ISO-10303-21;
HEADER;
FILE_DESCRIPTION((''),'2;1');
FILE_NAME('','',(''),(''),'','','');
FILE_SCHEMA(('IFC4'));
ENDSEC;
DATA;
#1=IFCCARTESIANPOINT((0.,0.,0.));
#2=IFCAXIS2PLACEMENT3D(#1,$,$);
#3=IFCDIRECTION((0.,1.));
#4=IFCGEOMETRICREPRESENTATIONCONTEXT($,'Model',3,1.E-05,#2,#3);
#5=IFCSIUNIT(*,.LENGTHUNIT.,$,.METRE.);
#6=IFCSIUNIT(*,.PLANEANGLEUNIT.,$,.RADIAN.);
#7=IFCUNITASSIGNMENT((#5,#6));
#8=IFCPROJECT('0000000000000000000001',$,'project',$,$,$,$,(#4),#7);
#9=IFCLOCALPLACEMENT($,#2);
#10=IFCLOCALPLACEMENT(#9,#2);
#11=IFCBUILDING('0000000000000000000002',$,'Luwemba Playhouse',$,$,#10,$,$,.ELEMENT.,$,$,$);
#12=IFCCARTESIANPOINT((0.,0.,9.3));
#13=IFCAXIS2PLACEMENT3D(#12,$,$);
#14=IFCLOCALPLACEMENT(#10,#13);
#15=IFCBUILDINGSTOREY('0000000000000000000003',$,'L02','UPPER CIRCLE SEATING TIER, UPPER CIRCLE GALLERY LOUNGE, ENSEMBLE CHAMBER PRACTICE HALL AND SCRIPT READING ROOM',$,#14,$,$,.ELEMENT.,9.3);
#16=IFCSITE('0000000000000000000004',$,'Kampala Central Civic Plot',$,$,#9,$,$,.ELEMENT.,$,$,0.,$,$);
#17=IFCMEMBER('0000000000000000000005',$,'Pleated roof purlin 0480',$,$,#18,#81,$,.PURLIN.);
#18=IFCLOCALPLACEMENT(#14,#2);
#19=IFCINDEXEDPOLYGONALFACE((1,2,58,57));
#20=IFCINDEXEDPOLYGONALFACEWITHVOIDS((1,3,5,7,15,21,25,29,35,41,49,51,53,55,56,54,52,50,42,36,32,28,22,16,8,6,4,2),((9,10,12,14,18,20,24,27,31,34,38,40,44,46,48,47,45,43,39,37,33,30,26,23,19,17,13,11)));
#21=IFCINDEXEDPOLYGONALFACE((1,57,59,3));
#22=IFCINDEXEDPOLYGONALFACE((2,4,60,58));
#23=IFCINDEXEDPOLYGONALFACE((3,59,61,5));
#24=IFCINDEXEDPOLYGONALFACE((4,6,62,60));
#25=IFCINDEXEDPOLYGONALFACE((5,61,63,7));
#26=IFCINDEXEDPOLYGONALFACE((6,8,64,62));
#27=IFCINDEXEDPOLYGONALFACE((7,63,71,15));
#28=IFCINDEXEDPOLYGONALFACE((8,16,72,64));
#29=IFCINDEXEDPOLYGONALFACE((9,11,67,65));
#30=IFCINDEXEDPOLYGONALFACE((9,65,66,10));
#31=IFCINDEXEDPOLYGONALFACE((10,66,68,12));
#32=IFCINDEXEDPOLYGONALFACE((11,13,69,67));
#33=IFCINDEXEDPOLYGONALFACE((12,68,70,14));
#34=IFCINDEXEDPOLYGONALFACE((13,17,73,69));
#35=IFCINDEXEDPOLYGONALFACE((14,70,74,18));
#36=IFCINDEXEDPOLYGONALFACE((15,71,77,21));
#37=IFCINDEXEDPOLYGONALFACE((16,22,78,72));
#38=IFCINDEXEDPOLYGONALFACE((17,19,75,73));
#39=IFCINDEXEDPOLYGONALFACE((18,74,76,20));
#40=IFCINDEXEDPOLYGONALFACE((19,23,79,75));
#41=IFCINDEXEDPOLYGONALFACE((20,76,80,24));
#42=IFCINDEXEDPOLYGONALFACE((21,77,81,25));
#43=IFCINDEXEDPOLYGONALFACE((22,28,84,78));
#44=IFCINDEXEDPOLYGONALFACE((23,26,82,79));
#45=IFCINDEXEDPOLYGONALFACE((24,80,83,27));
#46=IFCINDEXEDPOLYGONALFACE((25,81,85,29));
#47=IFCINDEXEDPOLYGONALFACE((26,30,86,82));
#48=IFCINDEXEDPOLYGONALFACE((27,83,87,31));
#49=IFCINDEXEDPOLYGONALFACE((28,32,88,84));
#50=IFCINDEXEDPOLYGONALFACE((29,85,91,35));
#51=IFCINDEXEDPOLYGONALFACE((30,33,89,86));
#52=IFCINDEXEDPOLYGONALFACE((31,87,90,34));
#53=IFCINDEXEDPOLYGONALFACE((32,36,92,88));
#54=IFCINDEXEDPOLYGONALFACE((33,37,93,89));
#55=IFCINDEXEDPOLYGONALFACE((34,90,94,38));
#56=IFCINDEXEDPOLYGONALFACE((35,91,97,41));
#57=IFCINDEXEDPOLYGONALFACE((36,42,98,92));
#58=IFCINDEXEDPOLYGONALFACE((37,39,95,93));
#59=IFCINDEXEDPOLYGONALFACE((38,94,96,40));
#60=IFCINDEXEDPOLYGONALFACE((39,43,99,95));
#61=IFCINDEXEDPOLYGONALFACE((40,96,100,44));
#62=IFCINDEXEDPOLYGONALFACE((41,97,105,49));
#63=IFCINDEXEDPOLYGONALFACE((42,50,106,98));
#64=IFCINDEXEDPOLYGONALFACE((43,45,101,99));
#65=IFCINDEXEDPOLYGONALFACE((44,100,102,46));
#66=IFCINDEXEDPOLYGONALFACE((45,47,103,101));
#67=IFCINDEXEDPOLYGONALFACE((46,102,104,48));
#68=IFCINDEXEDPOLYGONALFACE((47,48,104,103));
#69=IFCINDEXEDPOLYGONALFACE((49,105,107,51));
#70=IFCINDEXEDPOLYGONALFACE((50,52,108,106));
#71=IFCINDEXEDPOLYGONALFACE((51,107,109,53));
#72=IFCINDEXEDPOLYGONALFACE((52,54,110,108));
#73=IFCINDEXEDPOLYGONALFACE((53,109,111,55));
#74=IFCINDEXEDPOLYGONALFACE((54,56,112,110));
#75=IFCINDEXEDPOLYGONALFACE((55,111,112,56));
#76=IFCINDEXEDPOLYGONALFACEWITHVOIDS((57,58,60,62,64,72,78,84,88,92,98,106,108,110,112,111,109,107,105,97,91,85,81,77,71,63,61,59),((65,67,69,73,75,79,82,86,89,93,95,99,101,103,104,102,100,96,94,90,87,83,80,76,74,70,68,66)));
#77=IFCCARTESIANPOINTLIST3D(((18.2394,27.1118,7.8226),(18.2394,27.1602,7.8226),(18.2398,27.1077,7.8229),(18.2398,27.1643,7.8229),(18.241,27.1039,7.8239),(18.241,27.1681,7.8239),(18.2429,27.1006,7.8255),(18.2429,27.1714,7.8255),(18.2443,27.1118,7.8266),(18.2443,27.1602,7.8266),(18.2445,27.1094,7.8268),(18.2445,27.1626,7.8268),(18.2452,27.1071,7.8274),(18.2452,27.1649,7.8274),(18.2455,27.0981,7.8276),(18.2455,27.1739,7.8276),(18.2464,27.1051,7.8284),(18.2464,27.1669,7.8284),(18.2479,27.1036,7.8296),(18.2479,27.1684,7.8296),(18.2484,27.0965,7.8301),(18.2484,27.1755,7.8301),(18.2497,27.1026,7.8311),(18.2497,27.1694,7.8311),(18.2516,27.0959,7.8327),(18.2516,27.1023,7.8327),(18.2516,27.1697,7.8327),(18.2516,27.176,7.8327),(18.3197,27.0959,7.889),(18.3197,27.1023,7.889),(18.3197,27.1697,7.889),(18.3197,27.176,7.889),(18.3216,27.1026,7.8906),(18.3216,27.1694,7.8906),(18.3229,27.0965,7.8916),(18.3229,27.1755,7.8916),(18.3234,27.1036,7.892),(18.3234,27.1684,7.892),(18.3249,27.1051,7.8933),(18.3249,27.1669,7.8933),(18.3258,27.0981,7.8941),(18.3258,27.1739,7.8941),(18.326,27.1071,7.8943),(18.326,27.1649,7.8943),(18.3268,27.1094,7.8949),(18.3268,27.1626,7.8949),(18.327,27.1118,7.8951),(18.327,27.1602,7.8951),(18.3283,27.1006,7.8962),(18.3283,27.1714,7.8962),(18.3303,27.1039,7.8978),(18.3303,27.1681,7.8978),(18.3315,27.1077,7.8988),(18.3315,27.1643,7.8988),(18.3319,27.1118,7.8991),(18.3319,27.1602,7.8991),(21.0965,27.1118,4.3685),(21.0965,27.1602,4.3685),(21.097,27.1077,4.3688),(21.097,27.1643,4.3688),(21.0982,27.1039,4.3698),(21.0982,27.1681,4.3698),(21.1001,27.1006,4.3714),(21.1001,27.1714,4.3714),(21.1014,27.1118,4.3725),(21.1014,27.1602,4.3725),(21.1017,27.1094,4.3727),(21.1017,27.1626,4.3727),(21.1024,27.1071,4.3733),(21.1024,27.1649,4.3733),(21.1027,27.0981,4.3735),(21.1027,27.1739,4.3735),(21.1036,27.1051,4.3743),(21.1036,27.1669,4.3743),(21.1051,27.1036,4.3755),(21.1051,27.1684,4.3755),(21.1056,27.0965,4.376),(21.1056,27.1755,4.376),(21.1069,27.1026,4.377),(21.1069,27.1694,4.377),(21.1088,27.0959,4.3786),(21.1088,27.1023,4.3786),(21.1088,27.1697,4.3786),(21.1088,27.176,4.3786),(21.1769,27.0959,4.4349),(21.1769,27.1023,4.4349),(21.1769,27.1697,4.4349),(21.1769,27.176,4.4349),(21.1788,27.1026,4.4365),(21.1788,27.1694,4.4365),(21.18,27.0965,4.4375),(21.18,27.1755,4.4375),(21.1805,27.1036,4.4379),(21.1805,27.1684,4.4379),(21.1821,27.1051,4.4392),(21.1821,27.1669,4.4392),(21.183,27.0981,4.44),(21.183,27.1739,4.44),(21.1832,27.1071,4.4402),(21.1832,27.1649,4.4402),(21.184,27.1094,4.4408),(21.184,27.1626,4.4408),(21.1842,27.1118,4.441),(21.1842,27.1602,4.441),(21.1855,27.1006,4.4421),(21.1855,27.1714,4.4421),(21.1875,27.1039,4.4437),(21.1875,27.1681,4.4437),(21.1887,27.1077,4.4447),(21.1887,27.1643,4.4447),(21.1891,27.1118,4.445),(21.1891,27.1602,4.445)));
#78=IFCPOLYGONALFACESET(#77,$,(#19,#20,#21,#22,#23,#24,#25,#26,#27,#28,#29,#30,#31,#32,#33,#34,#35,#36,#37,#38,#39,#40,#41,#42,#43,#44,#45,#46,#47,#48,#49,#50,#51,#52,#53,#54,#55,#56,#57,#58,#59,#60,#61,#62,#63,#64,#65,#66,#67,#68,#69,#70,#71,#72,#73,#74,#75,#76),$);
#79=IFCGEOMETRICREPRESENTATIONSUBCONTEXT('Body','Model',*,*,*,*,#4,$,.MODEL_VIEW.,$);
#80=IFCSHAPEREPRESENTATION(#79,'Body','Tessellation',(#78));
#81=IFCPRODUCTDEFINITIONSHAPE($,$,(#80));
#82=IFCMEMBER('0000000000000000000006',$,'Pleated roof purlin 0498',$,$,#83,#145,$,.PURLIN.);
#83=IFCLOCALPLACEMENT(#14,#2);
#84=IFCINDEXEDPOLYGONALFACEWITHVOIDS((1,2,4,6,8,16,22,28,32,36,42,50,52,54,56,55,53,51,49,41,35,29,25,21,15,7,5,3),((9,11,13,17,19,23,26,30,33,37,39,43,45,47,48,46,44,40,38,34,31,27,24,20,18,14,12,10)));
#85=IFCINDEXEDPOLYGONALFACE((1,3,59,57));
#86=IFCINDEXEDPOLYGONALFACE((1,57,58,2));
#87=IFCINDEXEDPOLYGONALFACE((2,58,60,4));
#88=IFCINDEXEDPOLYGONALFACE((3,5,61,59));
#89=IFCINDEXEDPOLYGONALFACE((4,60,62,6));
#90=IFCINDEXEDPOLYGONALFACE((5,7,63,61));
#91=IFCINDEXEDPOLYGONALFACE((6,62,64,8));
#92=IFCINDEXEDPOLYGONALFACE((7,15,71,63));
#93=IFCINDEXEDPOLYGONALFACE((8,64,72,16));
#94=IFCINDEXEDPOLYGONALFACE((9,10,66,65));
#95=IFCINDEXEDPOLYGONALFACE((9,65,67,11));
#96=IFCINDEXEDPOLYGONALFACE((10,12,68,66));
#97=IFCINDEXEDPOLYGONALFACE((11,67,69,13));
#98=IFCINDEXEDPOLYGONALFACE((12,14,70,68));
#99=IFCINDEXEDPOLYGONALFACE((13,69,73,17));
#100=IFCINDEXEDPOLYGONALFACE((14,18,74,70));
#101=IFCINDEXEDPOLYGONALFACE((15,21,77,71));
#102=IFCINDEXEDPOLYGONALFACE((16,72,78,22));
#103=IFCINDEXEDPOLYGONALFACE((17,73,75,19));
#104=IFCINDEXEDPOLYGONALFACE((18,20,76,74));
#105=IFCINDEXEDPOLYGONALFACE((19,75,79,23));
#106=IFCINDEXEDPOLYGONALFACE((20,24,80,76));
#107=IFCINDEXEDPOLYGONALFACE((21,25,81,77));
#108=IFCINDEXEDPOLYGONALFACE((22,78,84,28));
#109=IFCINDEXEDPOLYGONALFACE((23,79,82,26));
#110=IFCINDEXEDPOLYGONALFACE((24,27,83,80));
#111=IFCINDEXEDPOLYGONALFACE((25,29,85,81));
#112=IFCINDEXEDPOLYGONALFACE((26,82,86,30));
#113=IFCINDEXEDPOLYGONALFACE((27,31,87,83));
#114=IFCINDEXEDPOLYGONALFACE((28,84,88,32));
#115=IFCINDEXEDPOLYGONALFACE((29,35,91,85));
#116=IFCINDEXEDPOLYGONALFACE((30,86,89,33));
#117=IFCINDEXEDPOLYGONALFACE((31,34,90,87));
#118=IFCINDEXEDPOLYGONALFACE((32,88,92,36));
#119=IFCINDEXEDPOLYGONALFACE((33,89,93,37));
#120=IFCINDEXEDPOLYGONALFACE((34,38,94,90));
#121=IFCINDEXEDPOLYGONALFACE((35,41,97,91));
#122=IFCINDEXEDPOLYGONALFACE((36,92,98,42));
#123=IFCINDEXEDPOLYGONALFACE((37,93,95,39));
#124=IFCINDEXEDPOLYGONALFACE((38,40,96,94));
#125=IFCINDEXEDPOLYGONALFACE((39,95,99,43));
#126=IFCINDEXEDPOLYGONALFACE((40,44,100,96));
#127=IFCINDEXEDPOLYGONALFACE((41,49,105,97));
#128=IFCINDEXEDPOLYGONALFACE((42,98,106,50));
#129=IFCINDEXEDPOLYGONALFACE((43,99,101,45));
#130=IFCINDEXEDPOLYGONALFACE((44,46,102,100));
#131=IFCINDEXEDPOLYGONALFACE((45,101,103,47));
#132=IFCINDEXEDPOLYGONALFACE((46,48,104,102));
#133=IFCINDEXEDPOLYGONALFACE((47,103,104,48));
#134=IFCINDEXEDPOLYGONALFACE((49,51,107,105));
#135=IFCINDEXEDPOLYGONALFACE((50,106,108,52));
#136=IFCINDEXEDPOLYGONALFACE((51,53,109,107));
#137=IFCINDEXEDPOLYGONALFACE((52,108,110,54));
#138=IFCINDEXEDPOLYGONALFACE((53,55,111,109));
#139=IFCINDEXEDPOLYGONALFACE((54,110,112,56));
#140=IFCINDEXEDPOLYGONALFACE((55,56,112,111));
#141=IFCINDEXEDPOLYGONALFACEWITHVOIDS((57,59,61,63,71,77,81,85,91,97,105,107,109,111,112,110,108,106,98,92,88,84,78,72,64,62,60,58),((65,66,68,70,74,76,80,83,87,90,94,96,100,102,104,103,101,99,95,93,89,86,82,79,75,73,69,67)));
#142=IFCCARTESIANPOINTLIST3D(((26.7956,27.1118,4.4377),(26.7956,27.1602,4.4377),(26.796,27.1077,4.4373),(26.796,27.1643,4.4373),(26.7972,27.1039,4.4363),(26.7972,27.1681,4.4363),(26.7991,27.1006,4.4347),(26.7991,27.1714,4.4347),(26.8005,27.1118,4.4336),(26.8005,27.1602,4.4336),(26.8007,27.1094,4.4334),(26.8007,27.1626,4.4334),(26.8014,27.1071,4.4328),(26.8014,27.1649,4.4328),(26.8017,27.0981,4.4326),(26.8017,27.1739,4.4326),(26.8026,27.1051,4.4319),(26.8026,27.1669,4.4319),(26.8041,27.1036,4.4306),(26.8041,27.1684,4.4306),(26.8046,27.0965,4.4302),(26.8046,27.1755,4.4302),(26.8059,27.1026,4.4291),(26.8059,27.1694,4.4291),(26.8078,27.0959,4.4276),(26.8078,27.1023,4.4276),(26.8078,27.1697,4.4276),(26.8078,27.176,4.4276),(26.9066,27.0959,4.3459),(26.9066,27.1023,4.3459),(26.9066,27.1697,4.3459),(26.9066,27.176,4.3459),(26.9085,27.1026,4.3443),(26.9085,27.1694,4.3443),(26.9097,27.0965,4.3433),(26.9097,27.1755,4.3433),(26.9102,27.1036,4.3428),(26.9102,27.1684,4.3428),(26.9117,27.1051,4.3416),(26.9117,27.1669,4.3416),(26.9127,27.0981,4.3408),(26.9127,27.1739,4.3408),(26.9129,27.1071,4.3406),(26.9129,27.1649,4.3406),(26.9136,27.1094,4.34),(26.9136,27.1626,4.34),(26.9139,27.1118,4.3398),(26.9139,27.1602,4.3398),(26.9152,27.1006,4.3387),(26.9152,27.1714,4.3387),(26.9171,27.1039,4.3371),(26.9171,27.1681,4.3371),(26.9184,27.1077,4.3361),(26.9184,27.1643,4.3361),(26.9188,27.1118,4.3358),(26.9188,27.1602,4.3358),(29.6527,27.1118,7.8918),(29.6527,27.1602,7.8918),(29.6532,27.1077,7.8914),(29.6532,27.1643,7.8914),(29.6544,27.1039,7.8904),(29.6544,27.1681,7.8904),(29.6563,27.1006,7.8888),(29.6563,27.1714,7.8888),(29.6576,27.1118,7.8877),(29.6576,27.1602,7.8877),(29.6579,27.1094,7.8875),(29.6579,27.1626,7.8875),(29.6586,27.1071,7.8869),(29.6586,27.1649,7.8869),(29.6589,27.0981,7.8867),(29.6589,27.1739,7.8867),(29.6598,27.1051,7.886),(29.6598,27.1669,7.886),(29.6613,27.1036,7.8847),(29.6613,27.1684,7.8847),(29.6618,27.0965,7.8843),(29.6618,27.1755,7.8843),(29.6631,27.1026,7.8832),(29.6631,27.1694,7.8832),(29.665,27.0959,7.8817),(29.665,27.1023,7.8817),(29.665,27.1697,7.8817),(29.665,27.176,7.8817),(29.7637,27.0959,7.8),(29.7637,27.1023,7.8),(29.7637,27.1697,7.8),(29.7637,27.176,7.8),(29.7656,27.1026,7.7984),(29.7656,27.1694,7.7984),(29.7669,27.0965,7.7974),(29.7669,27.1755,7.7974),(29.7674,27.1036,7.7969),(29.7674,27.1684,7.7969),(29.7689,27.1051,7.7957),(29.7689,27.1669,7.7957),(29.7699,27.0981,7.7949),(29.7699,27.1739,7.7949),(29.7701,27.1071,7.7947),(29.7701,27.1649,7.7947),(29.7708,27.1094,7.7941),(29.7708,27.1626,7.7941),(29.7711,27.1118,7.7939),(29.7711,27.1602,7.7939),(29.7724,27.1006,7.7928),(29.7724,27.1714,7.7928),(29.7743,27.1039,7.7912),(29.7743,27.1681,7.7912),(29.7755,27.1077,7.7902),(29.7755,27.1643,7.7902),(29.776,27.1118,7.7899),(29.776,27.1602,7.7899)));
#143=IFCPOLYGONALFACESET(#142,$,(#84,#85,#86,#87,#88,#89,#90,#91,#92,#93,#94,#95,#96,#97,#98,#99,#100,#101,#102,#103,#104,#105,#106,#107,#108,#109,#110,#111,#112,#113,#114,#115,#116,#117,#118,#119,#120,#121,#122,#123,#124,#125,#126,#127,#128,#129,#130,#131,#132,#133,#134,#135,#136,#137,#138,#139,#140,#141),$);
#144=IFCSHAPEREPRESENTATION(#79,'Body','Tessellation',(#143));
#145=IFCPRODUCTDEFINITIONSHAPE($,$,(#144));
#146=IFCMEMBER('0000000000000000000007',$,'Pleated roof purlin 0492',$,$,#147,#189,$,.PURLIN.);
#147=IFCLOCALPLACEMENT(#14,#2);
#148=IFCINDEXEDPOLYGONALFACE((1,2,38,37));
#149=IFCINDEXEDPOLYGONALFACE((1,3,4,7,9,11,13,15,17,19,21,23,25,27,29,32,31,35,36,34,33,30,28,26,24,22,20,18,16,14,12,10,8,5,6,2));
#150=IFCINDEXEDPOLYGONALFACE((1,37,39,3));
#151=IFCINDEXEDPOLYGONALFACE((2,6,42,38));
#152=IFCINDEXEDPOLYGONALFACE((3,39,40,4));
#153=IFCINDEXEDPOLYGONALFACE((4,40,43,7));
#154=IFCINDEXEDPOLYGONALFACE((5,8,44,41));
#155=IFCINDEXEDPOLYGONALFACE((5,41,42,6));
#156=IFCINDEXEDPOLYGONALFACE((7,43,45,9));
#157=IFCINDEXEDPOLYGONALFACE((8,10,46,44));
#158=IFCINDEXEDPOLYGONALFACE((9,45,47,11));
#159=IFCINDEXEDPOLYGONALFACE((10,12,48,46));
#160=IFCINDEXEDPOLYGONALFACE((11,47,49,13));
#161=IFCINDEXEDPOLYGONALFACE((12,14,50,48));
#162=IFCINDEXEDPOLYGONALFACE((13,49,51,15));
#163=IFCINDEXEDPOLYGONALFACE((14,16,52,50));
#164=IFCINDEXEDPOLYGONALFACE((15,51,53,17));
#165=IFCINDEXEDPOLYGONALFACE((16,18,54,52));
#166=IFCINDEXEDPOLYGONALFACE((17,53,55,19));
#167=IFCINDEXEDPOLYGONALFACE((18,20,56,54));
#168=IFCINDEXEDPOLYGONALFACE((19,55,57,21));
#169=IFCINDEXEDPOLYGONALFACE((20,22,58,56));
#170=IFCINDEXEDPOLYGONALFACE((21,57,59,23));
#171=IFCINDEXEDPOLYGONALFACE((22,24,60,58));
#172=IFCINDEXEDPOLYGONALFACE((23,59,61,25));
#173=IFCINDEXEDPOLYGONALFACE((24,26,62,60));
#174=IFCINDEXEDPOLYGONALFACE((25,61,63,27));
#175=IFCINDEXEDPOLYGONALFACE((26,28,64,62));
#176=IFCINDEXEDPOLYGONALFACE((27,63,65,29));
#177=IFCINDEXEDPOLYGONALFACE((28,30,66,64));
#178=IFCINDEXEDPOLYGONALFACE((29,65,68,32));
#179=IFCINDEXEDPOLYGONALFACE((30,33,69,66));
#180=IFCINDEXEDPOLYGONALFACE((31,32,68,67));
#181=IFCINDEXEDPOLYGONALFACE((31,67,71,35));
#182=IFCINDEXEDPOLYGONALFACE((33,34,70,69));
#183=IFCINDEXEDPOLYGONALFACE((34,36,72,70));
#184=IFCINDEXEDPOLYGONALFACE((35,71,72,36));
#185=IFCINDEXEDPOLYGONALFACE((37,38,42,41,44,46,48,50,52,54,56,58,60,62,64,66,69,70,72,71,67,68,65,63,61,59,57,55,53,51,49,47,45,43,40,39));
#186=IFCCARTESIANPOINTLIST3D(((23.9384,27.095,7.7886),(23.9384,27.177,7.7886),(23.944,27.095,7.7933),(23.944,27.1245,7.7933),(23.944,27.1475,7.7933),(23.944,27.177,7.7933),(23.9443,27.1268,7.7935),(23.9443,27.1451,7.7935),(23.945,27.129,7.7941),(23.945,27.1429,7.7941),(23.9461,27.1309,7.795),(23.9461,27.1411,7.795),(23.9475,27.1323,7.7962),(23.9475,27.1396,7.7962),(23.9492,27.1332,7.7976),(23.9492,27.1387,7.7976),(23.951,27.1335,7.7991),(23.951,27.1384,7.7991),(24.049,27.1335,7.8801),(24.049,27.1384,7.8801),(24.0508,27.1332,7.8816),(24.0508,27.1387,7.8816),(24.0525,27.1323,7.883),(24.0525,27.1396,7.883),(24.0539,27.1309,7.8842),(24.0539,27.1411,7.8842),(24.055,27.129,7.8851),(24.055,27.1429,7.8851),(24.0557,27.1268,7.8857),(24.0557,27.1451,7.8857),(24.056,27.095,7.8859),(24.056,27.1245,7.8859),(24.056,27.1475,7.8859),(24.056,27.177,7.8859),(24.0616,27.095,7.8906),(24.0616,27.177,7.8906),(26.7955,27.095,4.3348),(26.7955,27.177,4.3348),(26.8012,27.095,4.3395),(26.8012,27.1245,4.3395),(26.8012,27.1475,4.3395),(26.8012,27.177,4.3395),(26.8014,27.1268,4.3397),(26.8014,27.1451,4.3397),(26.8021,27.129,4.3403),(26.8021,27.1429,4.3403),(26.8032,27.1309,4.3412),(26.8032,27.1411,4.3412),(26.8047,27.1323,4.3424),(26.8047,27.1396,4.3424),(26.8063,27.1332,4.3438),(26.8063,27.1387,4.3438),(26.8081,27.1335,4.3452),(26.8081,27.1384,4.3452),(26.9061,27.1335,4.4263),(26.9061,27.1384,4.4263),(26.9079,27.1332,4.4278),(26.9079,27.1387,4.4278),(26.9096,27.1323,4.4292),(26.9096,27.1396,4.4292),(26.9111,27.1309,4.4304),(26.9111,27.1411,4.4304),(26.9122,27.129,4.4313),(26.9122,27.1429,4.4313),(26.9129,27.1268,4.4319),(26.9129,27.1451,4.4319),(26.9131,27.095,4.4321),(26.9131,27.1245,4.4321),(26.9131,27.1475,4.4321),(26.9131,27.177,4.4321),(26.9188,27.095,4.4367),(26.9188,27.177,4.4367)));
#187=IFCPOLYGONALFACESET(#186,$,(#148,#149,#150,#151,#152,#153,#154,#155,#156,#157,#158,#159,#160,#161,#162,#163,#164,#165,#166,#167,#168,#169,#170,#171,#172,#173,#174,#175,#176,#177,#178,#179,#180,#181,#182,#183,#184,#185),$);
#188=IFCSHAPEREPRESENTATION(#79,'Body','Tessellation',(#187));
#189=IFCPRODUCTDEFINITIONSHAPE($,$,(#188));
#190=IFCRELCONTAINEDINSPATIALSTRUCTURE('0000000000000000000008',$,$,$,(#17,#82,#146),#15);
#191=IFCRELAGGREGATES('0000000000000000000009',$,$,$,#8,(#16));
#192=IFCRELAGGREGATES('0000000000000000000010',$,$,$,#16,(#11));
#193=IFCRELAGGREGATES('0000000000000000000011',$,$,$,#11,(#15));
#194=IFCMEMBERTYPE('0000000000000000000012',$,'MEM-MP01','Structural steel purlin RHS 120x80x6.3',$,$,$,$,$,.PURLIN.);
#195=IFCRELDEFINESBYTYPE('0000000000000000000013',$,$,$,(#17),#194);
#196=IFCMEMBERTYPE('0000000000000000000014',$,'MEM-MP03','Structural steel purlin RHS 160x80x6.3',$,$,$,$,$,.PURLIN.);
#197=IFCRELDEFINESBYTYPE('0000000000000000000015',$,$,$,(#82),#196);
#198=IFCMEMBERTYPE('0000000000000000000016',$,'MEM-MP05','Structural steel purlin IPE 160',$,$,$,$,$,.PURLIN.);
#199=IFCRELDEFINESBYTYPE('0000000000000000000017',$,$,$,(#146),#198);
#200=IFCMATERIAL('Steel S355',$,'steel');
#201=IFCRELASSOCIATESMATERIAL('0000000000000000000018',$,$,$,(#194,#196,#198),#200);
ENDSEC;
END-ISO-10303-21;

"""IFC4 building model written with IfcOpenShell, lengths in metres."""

from ifc_helpers import new_model, si_unit, direction, frame, origin, origin_2d, place, context, subcontext, project, spatial, hollow_rectangle, i_section, extrude, material, material_profile, profile_set, type_object, element, save


model = new_model("IFC4")

# Units and contexts
model_context = context("Model", 3, precision=1e-05, world=origin(), true_north=direction((0.0, 1.0)))
body_context = subcontext(model_context, "Body", "Model", "MODEL_VIEW")
ifc_project = project(units=[si_unit("LENGTHUNIT", "METRE"), si_unit("PLANEANGLEUNIT", "RADIAN")], contexts=[model_context])

# Site, building, storey
site_placement = place(None, origin())
site = spatial("IfcSite", under=ifc_project, at=site_placement, Name="Kampala Central Civic Plot", CompositionType="ELEMENT", RefElevation=0.0)
building_placement = place(site_placement, origin())
building = spatial("IfcBuilding", under=site, at=building_placement, Name="Luwemba Playhouse", CompositionType="ELEMENT")
storey_placement = place(building_placement, frame((0.0, 0.0, 9.3)))
storey = spatial("IfcBuildingStorey", under=building, at=storey_placement, Name="L02", Description="UPPER CIRCLE SEATING TIER, UPPER CIRCLE GALLERY LOUNGE, ENSEMBLE CHAMBER PRACTICE HALL AND SCRIPT READING ROOM", CompositionType="ELEMENT", Elevation=9.3)

# Shared definitions
ifc_material_1 = material(Name="Steel S355", Category="steel")

# Members
ifc_material_profile_1 = material_profile(ifc_material_1, hollow_rectangle(XDim=0.0801, YDim=0.1201, WallThickness=0.0063, InnerFilletRadius=0.0095, OuterFilletRadius=0.0159, at=origin_2d()))
ifc_profile_set_1 = profile_set([ifc_material_profile_1], Name="Steel S355")
member_type_1 = type_object("IfcMemberType", Name="MEM-MP01", Description="Structural steel purlin RHS 120x80x6.3", PredefinedType="PURLIN", material=ifc_profile_set_1)
member_1_placement = place(storey_placement, frame((18.2856, 27.136, 7.8608), z_axis=(0.637384, 0.0, -0.770547), x_axis=(0.0, 1.0, 0.0)))
element("IfcMember", 1, at=member_1_placement, inside=storey, type_object=member_type_1, Name="Pleated roof purlin 0480", PredefinedType="PURLIN", context=body_context, shape_type="SweptSolid", body=[
    extrude(hollow_rectangle(XDim=0.0801, YDim=0.1201, WallThickness=0.0063, InnerFilletRadius=0.0095, OuterFilletRadius=0.0159, at=origin_2d()), origin(), (0.0, 0.0, 1.0), 4.4827),
])
ifc_material_profile_2 = material_profile(ifc_material_1, hollow_rectangle(XDim=0.0801, YDim=0.1599, WallThickness=0.0063, InnerFilletRadius=0.0095, OuterFilletRadius=0.0159, at=origin_2d()))
ifc_profile_set_2 = profile_set([ifc_material_profile_2], Name="Steel S355")
member_type_2 = type_object("IfcMemberType", Name="MEM-MP03", Description="Structural steel purlin RHS 160x80x6.3", PredefinedType="PURLIN", material=ifc_profile_set_2)
member_2_placement = place(storey_placement, frame((26.8572, 27.136, 4.3867), z_axis=(0.637384, 0.0, 0.770547), x_axis=(0.0, 1.0, 0.0)))
element("IfcMember", 2, at=member_2_placement, inside=storey, type_object=member_type_2, Name="Pleated roof purlin 0498", PredefinedType="PURLIN", context=body_context, shape_type="SweptSolid", body=[
    extrude(hollow_rectangle(XDim=0.0801, YDim=0.1599, WallThickness=0.0063, InnerFilletRadius=0.0095, OuterFilletRadius=0.0159, at=origin_2d()), origin(), (0.0, 0.0, 1.0), 4.4827),
])
ifc_material_profile_3 = material_profile(ifc_material_1, i_section(OverallWidth=0.082, OverallDepth=0.1599, WebThickness=0.0049, FlangeThickness=0.0073, FilletRadius=0.009, at=origin_2d()))
ifc_profile_set_3 = profile_set([ifc_material_profile_3], Name="Steel S355")
member_type_3 = type_object("IfcMemberType", Name="MEM-MP05", Description="Structural steel purlin IPE 160", PredefinedType="PURLIN", material=ifc_profile_set_3)
member_3_placement = place(storey_placement, frame((24.0, 27.136, 7.8396), z_axis=(0.637411, 0.0, -0.770524), x_axis=(0.0, 1.0, 0.0)))
element("IfcMember", 3, at=member_3_placement, inside=storey, type_object=member_type_3, Name="Pleated roof purlin 0492", PredefinedType="PURLIN", context=body_context, shape_type="SweptSolid", body=[
    extrude(i_section(OverallWidth=0.082, OverallDepth=0.1599, WebThickness=0.0049, FlangeThickness=0.0073, FilletRadius=0.009, at=origin_2d()), origin(), (0.0, 0.0, 1.0), 4.4824),
])

save(model, "model.ifc")
